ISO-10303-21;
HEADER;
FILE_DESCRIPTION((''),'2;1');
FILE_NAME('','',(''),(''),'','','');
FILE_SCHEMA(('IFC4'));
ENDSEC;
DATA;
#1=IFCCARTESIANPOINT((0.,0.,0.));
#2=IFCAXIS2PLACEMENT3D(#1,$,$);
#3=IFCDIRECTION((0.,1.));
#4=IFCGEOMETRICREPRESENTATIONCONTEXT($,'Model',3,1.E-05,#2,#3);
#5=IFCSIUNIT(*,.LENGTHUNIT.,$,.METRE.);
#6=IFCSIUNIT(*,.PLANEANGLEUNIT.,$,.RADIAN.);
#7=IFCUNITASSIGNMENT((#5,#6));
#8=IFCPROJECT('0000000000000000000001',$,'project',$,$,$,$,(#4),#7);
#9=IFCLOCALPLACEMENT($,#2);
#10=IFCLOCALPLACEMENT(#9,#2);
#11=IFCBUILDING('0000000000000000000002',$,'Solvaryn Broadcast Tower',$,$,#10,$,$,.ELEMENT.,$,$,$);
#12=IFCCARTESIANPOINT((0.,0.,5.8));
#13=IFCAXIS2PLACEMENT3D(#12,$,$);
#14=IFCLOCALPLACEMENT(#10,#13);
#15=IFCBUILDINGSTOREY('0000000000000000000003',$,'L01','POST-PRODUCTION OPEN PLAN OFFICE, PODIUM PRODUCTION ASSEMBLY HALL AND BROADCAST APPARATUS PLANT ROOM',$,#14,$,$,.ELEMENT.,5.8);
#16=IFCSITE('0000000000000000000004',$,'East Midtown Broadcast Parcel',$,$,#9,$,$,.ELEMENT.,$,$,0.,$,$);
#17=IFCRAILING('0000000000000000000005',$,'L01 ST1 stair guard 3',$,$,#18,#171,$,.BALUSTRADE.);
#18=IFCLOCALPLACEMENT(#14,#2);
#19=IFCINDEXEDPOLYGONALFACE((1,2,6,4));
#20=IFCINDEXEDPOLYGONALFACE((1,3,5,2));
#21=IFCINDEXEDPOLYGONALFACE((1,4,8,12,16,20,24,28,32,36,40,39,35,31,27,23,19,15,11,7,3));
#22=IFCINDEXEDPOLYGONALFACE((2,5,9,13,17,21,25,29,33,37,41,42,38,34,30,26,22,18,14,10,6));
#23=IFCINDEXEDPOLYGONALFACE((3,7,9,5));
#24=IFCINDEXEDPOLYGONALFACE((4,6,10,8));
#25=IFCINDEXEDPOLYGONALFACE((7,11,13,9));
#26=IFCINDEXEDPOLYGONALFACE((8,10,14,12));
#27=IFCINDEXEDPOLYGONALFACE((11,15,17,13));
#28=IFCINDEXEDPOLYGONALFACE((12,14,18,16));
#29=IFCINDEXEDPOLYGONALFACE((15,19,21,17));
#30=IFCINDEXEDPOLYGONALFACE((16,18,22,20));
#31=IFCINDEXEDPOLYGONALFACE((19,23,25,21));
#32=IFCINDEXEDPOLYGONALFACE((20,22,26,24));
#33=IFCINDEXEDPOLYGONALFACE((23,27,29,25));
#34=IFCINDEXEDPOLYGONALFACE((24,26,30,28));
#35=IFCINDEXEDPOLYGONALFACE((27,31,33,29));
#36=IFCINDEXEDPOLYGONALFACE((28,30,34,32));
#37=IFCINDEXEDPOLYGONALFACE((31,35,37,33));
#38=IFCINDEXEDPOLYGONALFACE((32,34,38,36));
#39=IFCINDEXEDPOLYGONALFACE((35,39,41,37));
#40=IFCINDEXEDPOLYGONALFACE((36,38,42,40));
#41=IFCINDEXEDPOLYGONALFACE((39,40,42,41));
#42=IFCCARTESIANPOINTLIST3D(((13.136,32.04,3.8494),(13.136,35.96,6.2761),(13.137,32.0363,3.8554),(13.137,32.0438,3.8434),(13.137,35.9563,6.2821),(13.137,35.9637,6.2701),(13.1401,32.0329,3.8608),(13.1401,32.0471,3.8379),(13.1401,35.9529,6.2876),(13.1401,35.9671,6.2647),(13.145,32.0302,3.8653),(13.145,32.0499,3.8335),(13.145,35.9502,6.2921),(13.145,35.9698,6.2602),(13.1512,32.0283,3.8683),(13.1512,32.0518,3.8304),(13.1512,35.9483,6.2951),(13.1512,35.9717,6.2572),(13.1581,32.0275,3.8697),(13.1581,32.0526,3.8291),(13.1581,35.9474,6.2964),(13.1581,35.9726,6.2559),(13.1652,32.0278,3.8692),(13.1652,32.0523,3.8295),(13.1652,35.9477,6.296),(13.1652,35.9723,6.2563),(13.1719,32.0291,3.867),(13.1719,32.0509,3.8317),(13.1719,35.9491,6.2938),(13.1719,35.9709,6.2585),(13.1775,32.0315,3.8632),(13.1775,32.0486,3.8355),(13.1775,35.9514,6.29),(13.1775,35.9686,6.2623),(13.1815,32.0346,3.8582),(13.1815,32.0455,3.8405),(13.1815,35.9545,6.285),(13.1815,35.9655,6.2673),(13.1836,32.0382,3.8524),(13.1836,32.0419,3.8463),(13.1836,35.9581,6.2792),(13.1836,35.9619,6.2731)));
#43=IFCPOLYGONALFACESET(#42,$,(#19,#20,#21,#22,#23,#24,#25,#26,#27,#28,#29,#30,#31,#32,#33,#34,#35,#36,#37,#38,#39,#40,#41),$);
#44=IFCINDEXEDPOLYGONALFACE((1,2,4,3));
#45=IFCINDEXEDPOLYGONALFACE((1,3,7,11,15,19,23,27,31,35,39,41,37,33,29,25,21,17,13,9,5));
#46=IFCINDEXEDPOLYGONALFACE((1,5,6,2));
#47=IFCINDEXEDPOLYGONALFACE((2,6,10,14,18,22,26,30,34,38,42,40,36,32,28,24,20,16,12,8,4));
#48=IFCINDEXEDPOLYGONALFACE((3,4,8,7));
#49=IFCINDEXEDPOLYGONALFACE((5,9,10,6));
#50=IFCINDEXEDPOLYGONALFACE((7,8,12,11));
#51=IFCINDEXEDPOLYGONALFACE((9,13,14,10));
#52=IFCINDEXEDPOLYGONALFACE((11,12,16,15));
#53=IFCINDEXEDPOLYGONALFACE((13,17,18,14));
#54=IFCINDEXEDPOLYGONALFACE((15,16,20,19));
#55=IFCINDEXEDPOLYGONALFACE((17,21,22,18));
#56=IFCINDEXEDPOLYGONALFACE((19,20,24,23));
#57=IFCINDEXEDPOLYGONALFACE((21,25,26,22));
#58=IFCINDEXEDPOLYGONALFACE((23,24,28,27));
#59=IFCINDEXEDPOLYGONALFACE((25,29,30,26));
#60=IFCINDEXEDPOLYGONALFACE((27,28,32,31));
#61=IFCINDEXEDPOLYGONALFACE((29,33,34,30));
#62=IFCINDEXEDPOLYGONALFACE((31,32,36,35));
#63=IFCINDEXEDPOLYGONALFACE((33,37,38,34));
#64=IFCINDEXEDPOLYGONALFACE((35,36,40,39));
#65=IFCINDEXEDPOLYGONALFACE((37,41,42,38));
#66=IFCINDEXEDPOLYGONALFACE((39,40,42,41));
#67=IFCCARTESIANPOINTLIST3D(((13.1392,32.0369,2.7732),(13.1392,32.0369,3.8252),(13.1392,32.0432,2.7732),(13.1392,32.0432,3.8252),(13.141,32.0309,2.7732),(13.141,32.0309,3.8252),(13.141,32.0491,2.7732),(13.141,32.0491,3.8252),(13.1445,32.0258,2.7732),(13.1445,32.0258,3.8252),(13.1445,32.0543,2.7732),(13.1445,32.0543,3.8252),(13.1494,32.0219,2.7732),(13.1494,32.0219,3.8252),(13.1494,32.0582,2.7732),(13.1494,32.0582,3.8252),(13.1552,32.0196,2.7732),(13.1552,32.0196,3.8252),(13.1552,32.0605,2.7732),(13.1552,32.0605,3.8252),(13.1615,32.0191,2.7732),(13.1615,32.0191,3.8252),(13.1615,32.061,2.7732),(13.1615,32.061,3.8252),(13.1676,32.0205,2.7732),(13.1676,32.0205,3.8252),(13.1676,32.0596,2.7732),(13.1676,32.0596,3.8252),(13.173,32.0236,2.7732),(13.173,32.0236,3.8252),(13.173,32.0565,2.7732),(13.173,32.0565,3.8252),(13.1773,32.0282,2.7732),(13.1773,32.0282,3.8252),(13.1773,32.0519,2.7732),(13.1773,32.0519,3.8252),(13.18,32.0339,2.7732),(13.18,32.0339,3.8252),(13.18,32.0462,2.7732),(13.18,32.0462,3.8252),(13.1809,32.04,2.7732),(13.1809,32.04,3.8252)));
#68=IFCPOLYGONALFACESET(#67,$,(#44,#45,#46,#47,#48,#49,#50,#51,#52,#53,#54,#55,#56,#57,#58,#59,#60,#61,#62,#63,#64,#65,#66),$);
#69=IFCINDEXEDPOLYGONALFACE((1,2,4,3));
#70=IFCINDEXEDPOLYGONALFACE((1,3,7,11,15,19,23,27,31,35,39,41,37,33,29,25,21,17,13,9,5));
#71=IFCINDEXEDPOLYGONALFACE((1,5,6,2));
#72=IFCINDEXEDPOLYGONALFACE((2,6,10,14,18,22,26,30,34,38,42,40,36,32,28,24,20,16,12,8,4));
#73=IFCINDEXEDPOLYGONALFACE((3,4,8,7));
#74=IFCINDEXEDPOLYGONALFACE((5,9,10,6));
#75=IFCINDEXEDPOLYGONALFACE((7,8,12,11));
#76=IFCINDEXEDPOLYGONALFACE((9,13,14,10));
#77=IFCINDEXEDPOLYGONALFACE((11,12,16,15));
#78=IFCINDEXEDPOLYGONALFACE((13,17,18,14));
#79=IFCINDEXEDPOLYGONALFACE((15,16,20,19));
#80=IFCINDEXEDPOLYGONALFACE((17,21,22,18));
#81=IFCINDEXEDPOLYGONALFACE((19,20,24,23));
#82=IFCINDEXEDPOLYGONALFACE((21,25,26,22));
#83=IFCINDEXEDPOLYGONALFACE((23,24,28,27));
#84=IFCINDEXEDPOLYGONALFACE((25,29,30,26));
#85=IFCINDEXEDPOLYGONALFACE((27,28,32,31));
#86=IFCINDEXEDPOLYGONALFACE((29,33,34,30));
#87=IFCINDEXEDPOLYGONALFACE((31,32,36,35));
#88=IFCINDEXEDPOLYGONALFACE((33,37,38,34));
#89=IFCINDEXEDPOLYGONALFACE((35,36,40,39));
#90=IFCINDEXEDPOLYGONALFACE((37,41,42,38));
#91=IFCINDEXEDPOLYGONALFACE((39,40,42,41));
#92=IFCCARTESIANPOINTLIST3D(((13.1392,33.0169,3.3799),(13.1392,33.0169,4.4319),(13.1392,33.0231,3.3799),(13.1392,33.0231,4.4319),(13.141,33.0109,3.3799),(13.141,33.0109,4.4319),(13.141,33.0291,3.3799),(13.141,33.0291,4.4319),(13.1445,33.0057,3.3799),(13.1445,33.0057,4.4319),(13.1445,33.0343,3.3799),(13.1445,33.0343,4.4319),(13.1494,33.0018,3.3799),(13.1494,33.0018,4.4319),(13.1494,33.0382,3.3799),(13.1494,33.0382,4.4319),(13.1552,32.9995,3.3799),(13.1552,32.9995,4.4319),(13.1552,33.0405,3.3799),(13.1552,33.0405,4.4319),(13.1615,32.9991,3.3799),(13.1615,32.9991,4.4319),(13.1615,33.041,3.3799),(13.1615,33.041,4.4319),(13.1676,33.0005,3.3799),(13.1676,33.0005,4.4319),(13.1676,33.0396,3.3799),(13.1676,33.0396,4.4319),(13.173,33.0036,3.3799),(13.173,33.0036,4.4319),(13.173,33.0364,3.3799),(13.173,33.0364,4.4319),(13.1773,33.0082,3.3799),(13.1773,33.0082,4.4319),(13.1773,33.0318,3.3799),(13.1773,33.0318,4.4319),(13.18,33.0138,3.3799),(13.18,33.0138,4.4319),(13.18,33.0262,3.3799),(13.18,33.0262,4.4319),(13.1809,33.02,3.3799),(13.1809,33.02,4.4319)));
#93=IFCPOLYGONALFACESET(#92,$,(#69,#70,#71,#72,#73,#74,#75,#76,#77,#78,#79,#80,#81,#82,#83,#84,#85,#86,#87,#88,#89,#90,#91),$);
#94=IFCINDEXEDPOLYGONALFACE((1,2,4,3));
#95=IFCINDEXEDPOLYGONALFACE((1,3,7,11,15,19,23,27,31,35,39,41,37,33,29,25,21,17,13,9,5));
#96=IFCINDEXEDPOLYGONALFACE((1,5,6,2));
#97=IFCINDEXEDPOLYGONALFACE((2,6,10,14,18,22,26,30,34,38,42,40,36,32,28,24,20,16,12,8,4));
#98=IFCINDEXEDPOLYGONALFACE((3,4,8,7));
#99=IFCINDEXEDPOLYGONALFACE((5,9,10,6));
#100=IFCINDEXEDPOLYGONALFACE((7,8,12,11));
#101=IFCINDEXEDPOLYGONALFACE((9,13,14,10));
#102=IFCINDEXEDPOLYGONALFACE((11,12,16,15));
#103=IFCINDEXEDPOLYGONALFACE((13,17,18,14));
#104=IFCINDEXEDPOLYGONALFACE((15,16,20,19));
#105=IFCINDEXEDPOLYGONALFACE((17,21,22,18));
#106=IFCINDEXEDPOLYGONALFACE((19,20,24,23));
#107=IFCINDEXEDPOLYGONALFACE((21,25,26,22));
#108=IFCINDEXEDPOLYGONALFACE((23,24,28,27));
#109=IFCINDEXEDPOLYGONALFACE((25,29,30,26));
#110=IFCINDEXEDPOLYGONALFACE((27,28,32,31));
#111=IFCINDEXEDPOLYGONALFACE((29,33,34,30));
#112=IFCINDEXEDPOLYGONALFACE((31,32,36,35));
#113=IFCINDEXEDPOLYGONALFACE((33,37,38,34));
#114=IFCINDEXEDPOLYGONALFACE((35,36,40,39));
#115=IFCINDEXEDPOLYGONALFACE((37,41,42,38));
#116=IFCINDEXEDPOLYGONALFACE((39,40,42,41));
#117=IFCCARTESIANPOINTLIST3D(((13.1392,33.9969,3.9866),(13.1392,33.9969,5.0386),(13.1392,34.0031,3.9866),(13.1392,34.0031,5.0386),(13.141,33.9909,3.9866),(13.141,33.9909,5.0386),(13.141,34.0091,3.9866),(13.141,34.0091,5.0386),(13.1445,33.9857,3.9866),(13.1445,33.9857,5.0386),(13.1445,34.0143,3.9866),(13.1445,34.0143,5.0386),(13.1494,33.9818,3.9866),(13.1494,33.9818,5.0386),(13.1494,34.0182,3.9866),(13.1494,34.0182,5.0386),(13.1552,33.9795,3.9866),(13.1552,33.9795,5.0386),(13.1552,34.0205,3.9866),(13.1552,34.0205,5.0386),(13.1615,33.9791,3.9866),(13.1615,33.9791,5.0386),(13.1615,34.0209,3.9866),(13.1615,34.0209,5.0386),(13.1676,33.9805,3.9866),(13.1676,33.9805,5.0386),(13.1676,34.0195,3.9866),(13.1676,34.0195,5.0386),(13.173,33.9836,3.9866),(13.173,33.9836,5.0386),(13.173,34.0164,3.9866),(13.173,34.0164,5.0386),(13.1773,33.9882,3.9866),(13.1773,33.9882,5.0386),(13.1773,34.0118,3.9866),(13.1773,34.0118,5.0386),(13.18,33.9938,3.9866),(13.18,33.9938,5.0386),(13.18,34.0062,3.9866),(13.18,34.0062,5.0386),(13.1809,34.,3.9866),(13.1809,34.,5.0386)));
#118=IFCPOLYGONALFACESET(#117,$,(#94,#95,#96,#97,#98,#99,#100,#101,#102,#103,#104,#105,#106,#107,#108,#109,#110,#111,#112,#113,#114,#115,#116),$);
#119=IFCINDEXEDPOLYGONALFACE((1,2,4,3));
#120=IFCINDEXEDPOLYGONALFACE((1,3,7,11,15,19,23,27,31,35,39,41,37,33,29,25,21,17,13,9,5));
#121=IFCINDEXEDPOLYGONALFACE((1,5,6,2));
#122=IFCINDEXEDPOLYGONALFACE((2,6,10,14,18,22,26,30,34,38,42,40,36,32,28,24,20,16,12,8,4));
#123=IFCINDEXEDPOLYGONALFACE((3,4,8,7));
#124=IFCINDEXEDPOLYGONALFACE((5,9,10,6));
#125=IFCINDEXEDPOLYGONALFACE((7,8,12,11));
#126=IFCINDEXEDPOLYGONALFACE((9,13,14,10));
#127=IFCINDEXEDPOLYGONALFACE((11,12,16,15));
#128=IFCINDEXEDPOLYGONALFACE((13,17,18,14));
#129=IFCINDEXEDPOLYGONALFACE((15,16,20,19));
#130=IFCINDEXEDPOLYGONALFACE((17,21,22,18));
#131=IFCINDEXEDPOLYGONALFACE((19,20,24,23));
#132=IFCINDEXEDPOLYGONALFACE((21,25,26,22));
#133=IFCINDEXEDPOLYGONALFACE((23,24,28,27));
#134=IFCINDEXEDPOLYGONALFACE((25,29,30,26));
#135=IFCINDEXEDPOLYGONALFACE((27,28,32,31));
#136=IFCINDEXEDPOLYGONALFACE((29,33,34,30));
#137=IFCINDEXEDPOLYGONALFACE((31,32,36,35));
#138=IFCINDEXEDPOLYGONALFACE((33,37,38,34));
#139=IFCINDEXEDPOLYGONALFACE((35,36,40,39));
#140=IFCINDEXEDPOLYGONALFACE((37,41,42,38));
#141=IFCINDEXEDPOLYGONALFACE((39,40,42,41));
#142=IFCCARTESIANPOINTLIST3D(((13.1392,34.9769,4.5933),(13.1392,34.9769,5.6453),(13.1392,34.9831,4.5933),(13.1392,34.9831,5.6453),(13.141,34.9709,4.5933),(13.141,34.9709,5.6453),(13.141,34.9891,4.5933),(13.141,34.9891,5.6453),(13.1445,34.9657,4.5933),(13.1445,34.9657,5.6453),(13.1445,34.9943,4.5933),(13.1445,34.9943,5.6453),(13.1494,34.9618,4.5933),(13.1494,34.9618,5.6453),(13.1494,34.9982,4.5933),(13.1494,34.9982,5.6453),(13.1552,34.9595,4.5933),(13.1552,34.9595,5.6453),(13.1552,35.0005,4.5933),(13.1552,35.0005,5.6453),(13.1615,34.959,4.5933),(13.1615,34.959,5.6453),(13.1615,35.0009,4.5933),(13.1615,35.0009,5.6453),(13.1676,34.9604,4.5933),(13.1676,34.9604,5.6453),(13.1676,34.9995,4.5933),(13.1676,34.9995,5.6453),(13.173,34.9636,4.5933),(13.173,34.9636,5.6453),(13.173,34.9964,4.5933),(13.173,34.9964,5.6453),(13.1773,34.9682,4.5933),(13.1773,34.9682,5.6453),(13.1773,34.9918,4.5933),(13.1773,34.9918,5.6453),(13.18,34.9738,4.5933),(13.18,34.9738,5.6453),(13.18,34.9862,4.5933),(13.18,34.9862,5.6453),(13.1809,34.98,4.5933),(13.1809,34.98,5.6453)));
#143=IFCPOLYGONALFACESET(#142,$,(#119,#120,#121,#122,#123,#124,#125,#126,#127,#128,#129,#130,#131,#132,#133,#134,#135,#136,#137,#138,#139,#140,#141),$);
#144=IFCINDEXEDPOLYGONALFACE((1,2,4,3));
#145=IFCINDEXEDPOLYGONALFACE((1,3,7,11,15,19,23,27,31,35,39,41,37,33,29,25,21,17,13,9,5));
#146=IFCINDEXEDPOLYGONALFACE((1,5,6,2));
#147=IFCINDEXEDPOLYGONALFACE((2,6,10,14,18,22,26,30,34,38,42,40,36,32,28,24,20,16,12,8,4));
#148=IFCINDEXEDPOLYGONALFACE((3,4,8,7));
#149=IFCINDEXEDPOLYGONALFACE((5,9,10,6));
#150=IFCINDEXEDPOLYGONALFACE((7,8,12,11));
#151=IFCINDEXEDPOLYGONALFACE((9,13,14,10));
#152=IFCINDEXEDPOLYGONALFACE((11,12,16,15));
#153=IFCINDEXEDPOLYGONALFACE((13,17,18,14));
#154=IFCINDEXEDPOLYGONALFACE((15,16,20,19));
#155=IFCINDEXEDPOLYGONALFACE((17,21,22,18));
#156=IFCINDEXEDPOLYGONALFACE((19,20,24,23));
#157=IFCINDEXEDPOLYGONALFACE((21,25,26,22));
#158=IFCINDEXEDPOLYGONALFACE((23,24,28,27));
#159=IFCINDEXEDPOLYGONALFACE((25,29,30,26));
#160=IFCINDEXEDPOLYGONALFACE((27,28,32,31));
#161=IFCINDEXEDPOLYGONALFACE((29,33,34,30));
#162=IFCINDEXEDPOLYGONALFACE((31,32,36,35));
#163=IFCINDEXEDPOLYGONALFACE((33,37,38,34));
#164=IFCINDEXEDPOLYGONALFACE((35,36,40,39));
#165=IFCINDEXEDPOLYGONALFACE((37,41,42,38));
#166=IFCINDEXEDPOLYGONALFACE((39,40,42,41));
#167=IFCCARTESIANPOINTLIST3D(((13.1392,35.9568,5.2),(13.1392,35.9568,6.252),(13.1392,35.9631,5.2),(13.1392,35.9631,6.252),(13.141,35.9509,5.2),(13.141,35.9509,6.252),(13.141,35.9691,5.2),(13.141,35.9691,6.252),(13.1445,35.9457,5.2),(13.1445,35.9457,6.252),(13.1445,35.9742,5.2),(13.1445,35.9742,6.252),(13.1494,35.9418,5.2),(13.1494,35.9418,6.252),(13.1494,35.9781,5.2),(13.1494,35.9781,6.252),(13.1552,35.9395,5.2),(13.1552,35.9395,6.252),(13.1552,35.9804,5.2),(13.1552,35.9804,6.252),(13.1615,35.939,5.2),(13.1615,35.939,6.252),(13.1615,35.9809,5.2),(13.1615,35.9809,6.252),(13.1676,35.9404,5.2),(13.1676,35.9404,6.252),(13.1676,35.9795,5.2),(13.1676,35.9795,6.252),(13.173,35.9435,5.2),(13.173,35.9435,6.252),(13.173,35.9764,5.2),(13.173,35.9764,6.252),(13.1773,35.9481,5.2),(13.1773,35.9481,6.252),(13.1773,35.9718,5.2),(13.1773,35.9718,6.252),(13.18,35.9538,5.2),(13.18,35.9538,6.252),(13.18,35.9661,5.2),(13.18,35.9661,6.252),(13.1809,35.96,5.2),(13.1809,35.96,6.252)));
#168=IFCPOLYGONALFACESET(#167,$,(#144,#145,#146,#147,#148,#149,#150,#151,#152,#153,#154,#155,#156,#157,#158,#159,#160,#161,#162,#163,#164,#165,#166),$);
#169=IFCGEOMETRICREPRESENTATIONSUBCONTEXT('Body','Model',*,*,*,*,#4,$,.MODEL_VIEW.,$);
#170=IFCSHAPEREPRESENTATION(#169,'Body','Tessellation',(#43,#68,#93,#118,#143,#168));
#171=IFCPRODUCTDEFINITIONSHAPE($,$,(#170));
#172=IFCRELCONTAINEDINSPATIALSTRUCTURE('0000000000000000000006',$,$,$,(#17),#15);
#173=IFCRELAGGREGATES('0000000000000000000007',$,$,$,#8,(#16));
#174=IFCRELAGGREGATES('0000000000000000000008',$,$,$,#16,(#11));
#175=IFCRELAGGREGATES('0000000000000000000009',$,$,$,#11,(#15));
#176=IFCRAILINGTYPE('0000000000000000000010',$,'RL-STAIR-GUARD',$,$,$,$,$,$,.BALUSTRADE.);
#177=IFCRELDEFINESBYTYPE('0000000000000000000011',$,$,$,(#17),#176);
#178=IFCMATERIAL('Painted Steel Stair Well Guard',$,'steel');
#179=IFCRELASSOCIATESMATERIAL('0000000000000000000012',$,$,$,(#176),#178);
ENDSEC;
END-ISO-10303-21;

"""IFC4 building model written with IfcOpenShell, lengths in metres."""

from ifc_helpers import new_model, si_unit, direction, frame, origin, origin_2d, place, context, subcontext, project, spatial, circle, extrude, material, type_object, element, save


model = new_model("IFC4")

# Units and contexts
model_context = context("Model", 3, precision=1e-05, world=origin(), true_north=direction((0.0, 1.0)))
body_context = subcontext(model_context, "Body", "Model", "MODEL_VIEW")
ifc_project = project(units=[si_unit("LENGTHUNIT", "METRE"), si_unit("PLANEANGLEUNIT", "RADIAN")], contexts=[model_context])

# Site, building, storey
site_placement = place(None, origin())
site = spatial("IfcSite", under=ifc_project, at=site_placement, Name="East Midtown Broadcast Parcel", CompositionType="ELEMENT", RefElevation=0.0)
building_placement = place(site_placement, origin())
building = spatial("IfcBuilding", under=site, at=building_placement, Name="Solvaryn Broadcast Tower", CompositionType="ELEMENT")
storey_placement = place(building_placement, frame((0.0, 0.0, 5.8)))
storey = spatial("IfcBuildingStorey", under=building, at=storey_placement, Name="L01", Description="POST-PRODUCTION OPEN PLAN OFFICE, PODIUM PRODUCTION ASSEMBLY HALL AND BROADCAST APPARATUS PLANT ROOM", CompositionType="ELEMENT", Elevation=5.8)

# Railing
ifc_material_1 = material(Name="Painted Steel Stair Well Guard", Category="steel")
railing_type_1 = type_object("IfcRailingType", Name="RL-STAIR-GUARD", PredefinedType="BALUSTRADE", material=ifc_material_1)
railing_1_placement = place(storey_placement, frame((13.1599, 32.04, 2.7732)))
element("IfcRailing", 1, at=railing_1_placement, inside=storey, type_object=railing_type_1, Name="L01 ST1 stair guard 3", PredefinedType="BALUSTRADE", context=body_context, shape_type="SweptSolid", body=[
    extrude(circle(Radius=0.0239, at=origin_2d()), frame((0.0, 0.0, 1.0762), z_axis=(0.0, 0.850252, 0.526376), x_axis=(-1.0, 0.0, 0.0)), (0.0, 0.0, 1.0), 4.6104),
    extrude(circle(Radius=0.021, at=origin_2d()), origin(), (0.0, 0.0, 1.0), 1.052),
    extrude(circle(Radius=0.021, at=origin_2d()), frame((0.0, 0.98, 0.6067)), (0.0, 0.0, 1.0), 1.052),
    extrude(circle(Radius=0.021, at=origin_2d()), frame((0.0, 1.96, 1.2134)), (0.0, 0.0, 1.0), 1.052),
    extrude(circle(Radius=0.021, at=origin_2d()), frame((0.0, 2.9399, 1.8201)), (0.0, 0.0, 1.0), 1.052),
    extrude(circle(Radius=0.021, at=origin_2d()), frame((0.0, 3.9199, 2.4268)), (0.0, 0.0, 1.0), 1.052),
])

save(model, "model.ifc")
